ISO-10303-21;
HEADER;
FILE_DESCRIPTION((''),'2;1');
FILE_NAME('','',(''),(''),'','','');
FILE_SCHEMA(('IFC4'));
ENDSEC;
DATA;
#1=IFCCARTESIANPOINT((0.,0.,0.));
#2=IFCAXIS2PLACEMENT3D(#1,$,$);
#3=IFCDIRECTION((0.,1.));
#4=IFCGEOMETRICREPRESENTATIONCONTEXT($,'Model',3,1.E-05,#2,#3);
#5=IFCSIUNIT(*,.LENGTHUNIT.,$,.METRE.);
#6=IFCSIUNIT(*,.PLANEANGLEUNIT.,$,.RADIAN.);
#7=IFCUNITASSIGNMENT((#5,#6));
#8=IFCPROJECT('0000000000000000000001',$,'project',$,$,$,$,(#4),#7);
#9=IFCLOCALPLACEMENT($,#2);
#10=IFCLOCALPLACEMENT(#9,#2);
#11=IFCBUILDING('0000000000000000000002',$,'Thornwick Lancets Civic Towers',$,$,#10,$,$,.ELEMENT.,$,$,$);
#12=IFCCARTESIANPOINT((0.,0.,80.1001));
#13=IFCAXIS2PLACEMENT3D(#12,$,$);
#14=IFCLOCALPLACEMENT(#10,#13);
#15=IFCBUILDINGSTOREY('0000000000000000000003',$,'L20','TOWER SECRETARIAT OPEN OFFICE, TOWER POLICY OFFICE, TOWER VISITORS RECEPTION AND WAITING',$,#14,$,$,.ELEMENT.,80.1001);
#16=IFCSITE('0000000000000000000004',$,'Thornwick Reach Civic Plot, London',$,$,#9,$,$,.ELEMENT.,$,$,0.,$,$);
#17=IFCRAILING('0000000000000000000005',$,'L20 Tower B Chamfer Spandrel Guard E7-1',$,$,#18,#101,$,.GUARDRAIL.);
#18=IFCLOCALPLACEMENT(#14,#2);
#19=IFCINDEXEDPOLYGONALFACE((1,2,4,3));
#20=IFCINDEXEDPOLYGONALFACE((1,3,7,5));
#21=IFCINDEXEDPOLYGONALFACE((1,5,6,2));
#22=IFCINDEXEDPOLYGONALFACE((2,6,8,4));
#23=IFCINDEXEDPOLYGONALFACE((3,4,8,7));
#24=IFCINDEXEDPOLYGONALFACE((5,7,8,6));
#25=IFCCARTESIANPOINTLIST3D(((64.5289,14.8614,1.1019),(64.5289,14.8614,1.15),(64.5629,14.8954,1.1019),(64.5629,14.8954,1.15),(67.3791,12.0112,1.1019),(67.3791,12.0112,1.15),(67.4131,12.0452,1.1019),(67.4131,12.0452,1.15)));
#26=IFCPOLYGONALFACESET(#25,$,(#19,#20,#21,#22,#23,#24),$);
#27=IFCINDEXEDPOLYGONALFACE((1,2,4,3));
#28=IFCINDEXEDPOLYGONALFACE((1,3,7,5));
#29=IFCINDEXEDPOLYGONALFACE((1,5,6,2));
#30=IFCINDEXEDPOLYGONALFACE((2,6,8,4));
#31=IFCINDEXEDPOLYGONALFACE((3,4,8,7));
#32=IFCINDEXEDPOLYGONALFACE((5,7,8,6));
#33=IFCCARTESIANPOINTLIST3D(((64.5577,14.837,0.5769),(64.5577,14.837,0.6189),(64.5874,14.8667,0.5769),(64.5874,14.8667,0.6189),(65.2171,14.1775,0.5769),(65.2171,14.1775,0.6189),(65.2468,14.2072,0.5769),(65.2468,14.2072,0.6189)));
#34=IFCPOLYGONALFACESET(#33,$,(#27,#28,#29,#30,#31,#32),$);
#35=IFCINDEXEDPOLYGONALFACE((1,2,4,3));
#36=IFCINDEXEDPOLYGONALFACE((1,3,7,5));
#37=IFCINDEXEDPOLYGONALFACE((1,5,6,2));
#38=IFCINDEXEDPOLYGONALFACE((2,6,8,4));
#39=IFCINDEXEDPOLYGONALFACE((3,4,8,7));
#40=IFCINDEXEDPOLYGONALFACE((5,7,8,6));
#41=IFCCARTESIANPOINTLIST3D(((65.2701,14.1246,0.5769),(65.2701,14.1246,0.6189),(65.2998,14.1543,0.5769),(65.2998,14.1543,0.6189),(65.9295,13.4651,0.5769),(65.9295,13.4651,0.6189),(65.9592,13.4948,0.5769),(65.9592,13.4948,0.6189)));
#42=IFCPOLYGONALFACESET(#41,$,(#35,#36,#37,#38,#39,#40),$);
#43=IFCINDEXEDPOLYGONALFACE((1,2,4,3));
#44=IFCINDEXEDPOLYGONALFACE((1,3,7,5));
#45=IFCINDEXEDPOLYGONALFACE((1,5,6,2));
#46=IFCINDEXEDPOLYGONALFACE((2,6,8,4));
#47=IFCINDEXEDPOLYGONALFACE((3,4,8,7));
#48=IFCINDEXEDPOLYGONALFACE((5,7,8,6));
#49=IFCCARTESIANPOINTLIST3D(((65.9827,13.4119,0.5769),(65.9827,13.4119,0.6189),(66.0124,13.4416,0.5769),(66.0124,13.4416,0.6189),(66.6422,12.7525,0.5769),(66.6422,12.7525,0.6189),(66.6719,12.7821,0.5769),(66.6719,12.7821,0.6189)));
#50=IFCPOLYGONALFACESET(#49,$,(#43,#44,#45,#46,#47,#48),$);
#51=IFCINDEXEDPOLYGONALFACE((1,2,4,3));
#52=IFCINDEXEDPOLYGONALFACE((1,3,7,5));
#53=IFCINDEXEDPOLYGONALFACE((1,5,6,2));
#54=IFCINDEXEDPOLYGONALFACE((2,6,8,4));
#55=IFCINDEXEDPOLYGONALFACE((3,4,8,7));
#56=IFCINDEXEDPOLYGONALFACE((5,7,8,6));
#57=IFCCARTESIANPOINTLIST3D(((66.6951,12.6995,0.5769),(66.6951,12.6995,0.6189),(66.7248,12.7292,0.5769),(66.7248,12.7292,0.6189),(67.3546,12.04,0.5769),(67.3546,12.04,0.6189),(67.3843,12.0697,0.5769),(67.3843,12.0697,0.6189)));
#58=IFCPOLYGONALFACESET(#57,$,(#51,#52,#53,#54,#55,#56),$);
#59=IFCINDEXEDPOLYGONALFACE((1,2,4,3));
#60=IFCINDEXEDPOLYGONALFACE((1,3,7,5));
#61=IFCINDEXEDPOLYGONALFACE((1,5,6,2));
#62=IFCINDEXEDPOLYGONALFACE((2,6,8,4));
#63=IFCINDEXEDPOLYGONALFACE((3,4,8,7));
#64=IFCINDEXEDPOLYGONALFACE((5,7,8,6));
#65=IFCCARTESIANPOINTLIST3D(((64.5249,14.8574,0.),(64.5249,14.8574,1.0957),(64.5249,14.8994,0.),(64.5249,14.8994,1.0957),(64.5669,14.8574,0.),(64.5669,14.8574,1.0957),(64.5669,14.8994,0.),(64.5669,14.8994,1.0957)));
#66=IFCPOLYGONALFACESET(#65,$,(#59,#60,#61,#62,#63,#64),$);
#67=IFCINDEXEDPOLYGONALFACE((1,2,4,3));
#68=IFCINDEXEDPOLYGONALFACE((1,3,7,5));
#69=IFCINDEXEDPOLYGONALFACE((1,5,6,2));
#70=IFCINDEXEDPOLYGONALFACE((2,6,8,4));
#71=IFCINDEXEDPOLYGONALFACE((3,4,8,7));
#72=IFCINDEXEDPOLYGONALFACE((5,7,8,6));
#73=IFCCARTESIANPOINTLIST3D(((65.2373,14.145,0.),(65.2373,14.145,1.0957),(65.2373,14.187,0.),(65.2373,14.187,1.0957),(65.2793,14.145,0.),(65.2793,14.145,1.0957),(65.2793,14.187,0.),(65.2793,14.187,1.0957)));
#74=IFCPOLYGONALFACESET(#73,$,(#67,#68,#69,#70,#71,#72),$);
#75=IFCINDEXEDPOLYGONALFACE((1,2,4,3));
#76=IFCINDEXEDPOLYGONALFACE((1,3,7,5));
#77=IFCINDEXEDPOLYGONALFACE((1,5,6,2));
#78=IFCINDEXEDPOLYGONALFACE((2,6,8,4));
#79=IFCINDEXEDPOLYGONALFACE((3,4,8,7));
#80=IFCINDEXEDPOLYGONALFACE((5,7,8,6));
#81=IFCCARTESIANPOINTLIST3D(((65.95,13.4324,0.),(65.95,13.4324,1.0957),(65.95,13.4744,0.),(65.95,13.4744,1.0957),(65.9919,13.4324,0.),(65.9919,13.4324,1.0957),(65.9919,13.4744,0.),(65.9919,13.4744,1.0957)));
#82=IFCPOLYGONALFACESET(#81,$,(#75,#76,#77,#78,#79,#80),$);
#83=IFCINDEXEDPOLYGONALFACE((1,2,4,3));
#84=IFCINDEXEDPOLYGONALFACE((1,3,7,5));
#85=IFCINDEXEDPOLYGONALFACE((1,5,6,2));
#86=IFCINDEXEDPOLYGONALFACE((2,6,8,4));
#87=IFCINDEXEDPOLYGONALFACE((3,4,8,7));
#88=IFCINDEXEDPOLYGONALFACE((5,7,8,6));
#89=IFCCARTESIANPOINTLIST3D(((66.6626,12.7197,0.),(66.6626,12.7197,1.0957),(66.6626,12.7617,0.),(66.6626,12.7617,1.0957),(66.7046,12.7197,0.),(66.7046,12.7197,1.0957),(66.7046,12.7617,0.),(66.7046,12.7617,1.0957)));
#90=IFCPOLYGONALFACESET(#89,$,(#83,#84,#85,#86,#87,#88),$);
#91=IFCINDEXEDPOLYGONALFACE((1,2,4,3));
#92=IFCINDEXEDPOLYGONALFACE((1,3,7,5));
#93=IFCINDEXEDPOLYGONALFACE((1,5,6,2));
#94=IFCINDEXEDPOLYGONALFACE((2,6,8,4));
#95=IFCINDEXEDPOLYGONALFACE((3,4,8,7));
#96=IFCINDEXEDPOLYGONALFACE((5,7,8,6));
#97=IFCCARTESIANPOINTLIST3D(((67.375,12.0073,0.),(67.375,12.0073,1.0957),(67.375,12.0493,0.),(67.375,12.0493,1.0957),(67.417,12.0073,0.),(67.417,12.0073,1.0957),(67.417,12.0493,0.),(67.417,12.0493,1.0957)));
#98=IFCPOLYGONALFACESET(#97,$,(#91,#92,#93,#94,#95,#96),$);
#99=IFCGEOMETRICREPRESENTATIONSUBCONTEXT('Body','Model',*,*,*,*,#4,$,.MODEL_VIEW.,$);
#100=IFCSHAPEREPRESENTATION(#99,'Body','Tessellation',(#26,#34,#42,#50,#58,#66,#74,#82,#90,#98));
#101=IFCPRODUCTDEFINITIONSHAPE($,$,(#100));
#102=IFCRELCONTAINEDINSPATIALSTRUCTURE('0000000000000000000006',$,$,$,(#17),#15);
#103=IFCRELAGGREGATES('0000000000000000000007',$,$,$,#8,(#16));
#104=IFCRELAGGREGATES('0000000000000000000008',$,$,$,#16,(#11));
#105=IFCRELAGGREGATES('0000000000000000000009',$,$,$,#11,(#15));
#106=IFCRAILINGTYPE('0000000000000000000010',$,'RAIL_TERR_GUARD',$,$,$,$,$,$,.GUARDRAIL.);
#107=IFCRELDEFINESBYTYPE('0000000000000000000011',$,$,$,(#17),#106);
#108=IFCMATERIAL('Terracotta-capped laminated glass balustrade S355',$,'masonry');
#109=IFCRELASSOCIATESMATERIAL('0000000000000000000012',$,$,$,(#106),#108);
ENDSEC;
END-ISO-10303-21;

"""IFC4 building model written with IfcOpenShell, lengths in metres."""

from ifc_helpers import new_model, si_unit, direction, frame, origin, origin_2d, place, context, subcontext, project, spatial, rectangle, extrude, material, type_object, element, save


model = new_model("IFC4")

# Units and contexts
model_context = context("Model", 3, precision=1e-05, world=origin(), true_north=direction((0.0, 1.0)))
body_context = subcontext(model_context, "Body", "Model", "MODEL_VIEW")
ifc_project = project(units=[si_unit("LENGTHUNIT", "METRE"), si_unit("PLANEANGLEUNIT", "RADIAN")], contexts=[model_context])

# Site, building, storey
site_placement = place(None, origin())
site = spatial("IfcSite", under=ifc_project, at=site_placement, Name="Thornwick Reach Civic Plot, London", CompositionType="ELEMENT", RefElevation=0.0)
building_placement = place(site_placement, origin())
building = spatial("IfcBuilding", under=site, at=building_placement, Name="Thornwick Lancets Civic Towers", CompositionType="ELEMENT")
storey_placement = place(building_placement, frame((0.0, 0.0, 80.1001)))
storey = spatial("IfcBuildingStorey", under=building, at=storey_placement, Name="L20", Description="TOWER SECRETARIAT OPEN OFFICE, TOWER POLICY OFFICE, TOWER VISITORS RECEPTION AND WAITING", CompositionType="ELEMENT", Elevation=80.1001)

# Railing
ifc_material_1 = material(Name="Terracotta-capped laminated glass balustrade S355", Category="masonry")
railing_type = type_object("IfcRailingType", Name="RAIL_TERR_GUARD", PredefinedType="GUARDRAIL", material=ifc_material_1)
railing_placement = place(storey_placement, frame((64.5459, 14.8784, 0.0)))
element("IfcRailing", 1, at=railing_placement, inside=storey, type_object=railing_type, Name="L20 Tower B Chamfer Spandrel Guard E7-1", PredefinedType="GUARDRAIL", context=body_context, shape_type="SweptSolid", body=[
    extrude(rectangle(XDim=0.0481, YDim=0.0481, at=origin_2d()), frame((0.0, 0.0, 1.126), z_axis=(0.707107, -0.707107, 0.0), x_axis=(0.707107, 0.707107, 0.0)), (0.0, 0.0, 1.0), 4.0308),
    extrude(rectangle(XDim=0.042, YDim=0.042, at=origin_2d()), frame((0.0266, -0.0266, 0.5979), z_axis=(0.707107, -0.707107, 0.0), x_axis=(0.707107, 0.707107, 0.0)), (0.0, 0.0, 1.0), 0.9326),
    extrude(rectangle(XDim=0.042, YDim=0.042, at=origin_2d()), frame((0.739, -0.739, 0.5979), z_axis=(0.707107, -0.707107, 0.0), x_axis=(0.707107, 0.707107, 0.0)), (0.0, 0.0, 1.0), 0.9326),
    extrude(rectangle(XDim=0.042, YDim=0.042, at=origin_2d()), frame((1.4517, -1.4517, 0.5979), z_axis=(0.707107, -0.707107, 0.0), x_axis=(0.707107, 0.707107, 0.0)), (0.0, 0.0, 1.0), 0.9326),
    extrude(rectangle(XDim=0.042, YDim=0.042, at=origin_2d()), frame((2.1641, -2.1641, 0.5979), z_axis=(0.707107, -0.707107, 0.0), x_axis=(0.707107, 0.707107, 0.0)), (0.0, 0.0, 1.0), 0.9326),
    extrude(rectangle(XDim=0.042, YDim=0.042, at=origin_2d()), origin(), (0.0, 0.0, 1.0), 1.0957),
    extrude(rectangle(XDim=0.042, YDim=0.042, at=origin_2d()), frame((0.7124, -0.7124, 0.0)), (0.0, 0.0, 1.0), 1.0957),
    extrude(rectangle(XDim=0.042, YDim=0.042, at=origin_2d()), frame((1.425, -1.425, 0.0)), (0.0, 0.0, 1.0), 1.0957),
    extrude(rectangle(XDim=0.042, YDim=0.042, at=origin_2d()), frame((2.1377, -2.1377, 0.0)), (0.0, 0.0, 1.0), 1.0957),
    extrude(rectangle(XDim=0.042, YDim=0.042, at=origin_2d()), frame((2.8501, -2.8501, 0.0)), (0.0, 0.0, 1.0), 1.0957),
])

save(model, "model.ifc")
